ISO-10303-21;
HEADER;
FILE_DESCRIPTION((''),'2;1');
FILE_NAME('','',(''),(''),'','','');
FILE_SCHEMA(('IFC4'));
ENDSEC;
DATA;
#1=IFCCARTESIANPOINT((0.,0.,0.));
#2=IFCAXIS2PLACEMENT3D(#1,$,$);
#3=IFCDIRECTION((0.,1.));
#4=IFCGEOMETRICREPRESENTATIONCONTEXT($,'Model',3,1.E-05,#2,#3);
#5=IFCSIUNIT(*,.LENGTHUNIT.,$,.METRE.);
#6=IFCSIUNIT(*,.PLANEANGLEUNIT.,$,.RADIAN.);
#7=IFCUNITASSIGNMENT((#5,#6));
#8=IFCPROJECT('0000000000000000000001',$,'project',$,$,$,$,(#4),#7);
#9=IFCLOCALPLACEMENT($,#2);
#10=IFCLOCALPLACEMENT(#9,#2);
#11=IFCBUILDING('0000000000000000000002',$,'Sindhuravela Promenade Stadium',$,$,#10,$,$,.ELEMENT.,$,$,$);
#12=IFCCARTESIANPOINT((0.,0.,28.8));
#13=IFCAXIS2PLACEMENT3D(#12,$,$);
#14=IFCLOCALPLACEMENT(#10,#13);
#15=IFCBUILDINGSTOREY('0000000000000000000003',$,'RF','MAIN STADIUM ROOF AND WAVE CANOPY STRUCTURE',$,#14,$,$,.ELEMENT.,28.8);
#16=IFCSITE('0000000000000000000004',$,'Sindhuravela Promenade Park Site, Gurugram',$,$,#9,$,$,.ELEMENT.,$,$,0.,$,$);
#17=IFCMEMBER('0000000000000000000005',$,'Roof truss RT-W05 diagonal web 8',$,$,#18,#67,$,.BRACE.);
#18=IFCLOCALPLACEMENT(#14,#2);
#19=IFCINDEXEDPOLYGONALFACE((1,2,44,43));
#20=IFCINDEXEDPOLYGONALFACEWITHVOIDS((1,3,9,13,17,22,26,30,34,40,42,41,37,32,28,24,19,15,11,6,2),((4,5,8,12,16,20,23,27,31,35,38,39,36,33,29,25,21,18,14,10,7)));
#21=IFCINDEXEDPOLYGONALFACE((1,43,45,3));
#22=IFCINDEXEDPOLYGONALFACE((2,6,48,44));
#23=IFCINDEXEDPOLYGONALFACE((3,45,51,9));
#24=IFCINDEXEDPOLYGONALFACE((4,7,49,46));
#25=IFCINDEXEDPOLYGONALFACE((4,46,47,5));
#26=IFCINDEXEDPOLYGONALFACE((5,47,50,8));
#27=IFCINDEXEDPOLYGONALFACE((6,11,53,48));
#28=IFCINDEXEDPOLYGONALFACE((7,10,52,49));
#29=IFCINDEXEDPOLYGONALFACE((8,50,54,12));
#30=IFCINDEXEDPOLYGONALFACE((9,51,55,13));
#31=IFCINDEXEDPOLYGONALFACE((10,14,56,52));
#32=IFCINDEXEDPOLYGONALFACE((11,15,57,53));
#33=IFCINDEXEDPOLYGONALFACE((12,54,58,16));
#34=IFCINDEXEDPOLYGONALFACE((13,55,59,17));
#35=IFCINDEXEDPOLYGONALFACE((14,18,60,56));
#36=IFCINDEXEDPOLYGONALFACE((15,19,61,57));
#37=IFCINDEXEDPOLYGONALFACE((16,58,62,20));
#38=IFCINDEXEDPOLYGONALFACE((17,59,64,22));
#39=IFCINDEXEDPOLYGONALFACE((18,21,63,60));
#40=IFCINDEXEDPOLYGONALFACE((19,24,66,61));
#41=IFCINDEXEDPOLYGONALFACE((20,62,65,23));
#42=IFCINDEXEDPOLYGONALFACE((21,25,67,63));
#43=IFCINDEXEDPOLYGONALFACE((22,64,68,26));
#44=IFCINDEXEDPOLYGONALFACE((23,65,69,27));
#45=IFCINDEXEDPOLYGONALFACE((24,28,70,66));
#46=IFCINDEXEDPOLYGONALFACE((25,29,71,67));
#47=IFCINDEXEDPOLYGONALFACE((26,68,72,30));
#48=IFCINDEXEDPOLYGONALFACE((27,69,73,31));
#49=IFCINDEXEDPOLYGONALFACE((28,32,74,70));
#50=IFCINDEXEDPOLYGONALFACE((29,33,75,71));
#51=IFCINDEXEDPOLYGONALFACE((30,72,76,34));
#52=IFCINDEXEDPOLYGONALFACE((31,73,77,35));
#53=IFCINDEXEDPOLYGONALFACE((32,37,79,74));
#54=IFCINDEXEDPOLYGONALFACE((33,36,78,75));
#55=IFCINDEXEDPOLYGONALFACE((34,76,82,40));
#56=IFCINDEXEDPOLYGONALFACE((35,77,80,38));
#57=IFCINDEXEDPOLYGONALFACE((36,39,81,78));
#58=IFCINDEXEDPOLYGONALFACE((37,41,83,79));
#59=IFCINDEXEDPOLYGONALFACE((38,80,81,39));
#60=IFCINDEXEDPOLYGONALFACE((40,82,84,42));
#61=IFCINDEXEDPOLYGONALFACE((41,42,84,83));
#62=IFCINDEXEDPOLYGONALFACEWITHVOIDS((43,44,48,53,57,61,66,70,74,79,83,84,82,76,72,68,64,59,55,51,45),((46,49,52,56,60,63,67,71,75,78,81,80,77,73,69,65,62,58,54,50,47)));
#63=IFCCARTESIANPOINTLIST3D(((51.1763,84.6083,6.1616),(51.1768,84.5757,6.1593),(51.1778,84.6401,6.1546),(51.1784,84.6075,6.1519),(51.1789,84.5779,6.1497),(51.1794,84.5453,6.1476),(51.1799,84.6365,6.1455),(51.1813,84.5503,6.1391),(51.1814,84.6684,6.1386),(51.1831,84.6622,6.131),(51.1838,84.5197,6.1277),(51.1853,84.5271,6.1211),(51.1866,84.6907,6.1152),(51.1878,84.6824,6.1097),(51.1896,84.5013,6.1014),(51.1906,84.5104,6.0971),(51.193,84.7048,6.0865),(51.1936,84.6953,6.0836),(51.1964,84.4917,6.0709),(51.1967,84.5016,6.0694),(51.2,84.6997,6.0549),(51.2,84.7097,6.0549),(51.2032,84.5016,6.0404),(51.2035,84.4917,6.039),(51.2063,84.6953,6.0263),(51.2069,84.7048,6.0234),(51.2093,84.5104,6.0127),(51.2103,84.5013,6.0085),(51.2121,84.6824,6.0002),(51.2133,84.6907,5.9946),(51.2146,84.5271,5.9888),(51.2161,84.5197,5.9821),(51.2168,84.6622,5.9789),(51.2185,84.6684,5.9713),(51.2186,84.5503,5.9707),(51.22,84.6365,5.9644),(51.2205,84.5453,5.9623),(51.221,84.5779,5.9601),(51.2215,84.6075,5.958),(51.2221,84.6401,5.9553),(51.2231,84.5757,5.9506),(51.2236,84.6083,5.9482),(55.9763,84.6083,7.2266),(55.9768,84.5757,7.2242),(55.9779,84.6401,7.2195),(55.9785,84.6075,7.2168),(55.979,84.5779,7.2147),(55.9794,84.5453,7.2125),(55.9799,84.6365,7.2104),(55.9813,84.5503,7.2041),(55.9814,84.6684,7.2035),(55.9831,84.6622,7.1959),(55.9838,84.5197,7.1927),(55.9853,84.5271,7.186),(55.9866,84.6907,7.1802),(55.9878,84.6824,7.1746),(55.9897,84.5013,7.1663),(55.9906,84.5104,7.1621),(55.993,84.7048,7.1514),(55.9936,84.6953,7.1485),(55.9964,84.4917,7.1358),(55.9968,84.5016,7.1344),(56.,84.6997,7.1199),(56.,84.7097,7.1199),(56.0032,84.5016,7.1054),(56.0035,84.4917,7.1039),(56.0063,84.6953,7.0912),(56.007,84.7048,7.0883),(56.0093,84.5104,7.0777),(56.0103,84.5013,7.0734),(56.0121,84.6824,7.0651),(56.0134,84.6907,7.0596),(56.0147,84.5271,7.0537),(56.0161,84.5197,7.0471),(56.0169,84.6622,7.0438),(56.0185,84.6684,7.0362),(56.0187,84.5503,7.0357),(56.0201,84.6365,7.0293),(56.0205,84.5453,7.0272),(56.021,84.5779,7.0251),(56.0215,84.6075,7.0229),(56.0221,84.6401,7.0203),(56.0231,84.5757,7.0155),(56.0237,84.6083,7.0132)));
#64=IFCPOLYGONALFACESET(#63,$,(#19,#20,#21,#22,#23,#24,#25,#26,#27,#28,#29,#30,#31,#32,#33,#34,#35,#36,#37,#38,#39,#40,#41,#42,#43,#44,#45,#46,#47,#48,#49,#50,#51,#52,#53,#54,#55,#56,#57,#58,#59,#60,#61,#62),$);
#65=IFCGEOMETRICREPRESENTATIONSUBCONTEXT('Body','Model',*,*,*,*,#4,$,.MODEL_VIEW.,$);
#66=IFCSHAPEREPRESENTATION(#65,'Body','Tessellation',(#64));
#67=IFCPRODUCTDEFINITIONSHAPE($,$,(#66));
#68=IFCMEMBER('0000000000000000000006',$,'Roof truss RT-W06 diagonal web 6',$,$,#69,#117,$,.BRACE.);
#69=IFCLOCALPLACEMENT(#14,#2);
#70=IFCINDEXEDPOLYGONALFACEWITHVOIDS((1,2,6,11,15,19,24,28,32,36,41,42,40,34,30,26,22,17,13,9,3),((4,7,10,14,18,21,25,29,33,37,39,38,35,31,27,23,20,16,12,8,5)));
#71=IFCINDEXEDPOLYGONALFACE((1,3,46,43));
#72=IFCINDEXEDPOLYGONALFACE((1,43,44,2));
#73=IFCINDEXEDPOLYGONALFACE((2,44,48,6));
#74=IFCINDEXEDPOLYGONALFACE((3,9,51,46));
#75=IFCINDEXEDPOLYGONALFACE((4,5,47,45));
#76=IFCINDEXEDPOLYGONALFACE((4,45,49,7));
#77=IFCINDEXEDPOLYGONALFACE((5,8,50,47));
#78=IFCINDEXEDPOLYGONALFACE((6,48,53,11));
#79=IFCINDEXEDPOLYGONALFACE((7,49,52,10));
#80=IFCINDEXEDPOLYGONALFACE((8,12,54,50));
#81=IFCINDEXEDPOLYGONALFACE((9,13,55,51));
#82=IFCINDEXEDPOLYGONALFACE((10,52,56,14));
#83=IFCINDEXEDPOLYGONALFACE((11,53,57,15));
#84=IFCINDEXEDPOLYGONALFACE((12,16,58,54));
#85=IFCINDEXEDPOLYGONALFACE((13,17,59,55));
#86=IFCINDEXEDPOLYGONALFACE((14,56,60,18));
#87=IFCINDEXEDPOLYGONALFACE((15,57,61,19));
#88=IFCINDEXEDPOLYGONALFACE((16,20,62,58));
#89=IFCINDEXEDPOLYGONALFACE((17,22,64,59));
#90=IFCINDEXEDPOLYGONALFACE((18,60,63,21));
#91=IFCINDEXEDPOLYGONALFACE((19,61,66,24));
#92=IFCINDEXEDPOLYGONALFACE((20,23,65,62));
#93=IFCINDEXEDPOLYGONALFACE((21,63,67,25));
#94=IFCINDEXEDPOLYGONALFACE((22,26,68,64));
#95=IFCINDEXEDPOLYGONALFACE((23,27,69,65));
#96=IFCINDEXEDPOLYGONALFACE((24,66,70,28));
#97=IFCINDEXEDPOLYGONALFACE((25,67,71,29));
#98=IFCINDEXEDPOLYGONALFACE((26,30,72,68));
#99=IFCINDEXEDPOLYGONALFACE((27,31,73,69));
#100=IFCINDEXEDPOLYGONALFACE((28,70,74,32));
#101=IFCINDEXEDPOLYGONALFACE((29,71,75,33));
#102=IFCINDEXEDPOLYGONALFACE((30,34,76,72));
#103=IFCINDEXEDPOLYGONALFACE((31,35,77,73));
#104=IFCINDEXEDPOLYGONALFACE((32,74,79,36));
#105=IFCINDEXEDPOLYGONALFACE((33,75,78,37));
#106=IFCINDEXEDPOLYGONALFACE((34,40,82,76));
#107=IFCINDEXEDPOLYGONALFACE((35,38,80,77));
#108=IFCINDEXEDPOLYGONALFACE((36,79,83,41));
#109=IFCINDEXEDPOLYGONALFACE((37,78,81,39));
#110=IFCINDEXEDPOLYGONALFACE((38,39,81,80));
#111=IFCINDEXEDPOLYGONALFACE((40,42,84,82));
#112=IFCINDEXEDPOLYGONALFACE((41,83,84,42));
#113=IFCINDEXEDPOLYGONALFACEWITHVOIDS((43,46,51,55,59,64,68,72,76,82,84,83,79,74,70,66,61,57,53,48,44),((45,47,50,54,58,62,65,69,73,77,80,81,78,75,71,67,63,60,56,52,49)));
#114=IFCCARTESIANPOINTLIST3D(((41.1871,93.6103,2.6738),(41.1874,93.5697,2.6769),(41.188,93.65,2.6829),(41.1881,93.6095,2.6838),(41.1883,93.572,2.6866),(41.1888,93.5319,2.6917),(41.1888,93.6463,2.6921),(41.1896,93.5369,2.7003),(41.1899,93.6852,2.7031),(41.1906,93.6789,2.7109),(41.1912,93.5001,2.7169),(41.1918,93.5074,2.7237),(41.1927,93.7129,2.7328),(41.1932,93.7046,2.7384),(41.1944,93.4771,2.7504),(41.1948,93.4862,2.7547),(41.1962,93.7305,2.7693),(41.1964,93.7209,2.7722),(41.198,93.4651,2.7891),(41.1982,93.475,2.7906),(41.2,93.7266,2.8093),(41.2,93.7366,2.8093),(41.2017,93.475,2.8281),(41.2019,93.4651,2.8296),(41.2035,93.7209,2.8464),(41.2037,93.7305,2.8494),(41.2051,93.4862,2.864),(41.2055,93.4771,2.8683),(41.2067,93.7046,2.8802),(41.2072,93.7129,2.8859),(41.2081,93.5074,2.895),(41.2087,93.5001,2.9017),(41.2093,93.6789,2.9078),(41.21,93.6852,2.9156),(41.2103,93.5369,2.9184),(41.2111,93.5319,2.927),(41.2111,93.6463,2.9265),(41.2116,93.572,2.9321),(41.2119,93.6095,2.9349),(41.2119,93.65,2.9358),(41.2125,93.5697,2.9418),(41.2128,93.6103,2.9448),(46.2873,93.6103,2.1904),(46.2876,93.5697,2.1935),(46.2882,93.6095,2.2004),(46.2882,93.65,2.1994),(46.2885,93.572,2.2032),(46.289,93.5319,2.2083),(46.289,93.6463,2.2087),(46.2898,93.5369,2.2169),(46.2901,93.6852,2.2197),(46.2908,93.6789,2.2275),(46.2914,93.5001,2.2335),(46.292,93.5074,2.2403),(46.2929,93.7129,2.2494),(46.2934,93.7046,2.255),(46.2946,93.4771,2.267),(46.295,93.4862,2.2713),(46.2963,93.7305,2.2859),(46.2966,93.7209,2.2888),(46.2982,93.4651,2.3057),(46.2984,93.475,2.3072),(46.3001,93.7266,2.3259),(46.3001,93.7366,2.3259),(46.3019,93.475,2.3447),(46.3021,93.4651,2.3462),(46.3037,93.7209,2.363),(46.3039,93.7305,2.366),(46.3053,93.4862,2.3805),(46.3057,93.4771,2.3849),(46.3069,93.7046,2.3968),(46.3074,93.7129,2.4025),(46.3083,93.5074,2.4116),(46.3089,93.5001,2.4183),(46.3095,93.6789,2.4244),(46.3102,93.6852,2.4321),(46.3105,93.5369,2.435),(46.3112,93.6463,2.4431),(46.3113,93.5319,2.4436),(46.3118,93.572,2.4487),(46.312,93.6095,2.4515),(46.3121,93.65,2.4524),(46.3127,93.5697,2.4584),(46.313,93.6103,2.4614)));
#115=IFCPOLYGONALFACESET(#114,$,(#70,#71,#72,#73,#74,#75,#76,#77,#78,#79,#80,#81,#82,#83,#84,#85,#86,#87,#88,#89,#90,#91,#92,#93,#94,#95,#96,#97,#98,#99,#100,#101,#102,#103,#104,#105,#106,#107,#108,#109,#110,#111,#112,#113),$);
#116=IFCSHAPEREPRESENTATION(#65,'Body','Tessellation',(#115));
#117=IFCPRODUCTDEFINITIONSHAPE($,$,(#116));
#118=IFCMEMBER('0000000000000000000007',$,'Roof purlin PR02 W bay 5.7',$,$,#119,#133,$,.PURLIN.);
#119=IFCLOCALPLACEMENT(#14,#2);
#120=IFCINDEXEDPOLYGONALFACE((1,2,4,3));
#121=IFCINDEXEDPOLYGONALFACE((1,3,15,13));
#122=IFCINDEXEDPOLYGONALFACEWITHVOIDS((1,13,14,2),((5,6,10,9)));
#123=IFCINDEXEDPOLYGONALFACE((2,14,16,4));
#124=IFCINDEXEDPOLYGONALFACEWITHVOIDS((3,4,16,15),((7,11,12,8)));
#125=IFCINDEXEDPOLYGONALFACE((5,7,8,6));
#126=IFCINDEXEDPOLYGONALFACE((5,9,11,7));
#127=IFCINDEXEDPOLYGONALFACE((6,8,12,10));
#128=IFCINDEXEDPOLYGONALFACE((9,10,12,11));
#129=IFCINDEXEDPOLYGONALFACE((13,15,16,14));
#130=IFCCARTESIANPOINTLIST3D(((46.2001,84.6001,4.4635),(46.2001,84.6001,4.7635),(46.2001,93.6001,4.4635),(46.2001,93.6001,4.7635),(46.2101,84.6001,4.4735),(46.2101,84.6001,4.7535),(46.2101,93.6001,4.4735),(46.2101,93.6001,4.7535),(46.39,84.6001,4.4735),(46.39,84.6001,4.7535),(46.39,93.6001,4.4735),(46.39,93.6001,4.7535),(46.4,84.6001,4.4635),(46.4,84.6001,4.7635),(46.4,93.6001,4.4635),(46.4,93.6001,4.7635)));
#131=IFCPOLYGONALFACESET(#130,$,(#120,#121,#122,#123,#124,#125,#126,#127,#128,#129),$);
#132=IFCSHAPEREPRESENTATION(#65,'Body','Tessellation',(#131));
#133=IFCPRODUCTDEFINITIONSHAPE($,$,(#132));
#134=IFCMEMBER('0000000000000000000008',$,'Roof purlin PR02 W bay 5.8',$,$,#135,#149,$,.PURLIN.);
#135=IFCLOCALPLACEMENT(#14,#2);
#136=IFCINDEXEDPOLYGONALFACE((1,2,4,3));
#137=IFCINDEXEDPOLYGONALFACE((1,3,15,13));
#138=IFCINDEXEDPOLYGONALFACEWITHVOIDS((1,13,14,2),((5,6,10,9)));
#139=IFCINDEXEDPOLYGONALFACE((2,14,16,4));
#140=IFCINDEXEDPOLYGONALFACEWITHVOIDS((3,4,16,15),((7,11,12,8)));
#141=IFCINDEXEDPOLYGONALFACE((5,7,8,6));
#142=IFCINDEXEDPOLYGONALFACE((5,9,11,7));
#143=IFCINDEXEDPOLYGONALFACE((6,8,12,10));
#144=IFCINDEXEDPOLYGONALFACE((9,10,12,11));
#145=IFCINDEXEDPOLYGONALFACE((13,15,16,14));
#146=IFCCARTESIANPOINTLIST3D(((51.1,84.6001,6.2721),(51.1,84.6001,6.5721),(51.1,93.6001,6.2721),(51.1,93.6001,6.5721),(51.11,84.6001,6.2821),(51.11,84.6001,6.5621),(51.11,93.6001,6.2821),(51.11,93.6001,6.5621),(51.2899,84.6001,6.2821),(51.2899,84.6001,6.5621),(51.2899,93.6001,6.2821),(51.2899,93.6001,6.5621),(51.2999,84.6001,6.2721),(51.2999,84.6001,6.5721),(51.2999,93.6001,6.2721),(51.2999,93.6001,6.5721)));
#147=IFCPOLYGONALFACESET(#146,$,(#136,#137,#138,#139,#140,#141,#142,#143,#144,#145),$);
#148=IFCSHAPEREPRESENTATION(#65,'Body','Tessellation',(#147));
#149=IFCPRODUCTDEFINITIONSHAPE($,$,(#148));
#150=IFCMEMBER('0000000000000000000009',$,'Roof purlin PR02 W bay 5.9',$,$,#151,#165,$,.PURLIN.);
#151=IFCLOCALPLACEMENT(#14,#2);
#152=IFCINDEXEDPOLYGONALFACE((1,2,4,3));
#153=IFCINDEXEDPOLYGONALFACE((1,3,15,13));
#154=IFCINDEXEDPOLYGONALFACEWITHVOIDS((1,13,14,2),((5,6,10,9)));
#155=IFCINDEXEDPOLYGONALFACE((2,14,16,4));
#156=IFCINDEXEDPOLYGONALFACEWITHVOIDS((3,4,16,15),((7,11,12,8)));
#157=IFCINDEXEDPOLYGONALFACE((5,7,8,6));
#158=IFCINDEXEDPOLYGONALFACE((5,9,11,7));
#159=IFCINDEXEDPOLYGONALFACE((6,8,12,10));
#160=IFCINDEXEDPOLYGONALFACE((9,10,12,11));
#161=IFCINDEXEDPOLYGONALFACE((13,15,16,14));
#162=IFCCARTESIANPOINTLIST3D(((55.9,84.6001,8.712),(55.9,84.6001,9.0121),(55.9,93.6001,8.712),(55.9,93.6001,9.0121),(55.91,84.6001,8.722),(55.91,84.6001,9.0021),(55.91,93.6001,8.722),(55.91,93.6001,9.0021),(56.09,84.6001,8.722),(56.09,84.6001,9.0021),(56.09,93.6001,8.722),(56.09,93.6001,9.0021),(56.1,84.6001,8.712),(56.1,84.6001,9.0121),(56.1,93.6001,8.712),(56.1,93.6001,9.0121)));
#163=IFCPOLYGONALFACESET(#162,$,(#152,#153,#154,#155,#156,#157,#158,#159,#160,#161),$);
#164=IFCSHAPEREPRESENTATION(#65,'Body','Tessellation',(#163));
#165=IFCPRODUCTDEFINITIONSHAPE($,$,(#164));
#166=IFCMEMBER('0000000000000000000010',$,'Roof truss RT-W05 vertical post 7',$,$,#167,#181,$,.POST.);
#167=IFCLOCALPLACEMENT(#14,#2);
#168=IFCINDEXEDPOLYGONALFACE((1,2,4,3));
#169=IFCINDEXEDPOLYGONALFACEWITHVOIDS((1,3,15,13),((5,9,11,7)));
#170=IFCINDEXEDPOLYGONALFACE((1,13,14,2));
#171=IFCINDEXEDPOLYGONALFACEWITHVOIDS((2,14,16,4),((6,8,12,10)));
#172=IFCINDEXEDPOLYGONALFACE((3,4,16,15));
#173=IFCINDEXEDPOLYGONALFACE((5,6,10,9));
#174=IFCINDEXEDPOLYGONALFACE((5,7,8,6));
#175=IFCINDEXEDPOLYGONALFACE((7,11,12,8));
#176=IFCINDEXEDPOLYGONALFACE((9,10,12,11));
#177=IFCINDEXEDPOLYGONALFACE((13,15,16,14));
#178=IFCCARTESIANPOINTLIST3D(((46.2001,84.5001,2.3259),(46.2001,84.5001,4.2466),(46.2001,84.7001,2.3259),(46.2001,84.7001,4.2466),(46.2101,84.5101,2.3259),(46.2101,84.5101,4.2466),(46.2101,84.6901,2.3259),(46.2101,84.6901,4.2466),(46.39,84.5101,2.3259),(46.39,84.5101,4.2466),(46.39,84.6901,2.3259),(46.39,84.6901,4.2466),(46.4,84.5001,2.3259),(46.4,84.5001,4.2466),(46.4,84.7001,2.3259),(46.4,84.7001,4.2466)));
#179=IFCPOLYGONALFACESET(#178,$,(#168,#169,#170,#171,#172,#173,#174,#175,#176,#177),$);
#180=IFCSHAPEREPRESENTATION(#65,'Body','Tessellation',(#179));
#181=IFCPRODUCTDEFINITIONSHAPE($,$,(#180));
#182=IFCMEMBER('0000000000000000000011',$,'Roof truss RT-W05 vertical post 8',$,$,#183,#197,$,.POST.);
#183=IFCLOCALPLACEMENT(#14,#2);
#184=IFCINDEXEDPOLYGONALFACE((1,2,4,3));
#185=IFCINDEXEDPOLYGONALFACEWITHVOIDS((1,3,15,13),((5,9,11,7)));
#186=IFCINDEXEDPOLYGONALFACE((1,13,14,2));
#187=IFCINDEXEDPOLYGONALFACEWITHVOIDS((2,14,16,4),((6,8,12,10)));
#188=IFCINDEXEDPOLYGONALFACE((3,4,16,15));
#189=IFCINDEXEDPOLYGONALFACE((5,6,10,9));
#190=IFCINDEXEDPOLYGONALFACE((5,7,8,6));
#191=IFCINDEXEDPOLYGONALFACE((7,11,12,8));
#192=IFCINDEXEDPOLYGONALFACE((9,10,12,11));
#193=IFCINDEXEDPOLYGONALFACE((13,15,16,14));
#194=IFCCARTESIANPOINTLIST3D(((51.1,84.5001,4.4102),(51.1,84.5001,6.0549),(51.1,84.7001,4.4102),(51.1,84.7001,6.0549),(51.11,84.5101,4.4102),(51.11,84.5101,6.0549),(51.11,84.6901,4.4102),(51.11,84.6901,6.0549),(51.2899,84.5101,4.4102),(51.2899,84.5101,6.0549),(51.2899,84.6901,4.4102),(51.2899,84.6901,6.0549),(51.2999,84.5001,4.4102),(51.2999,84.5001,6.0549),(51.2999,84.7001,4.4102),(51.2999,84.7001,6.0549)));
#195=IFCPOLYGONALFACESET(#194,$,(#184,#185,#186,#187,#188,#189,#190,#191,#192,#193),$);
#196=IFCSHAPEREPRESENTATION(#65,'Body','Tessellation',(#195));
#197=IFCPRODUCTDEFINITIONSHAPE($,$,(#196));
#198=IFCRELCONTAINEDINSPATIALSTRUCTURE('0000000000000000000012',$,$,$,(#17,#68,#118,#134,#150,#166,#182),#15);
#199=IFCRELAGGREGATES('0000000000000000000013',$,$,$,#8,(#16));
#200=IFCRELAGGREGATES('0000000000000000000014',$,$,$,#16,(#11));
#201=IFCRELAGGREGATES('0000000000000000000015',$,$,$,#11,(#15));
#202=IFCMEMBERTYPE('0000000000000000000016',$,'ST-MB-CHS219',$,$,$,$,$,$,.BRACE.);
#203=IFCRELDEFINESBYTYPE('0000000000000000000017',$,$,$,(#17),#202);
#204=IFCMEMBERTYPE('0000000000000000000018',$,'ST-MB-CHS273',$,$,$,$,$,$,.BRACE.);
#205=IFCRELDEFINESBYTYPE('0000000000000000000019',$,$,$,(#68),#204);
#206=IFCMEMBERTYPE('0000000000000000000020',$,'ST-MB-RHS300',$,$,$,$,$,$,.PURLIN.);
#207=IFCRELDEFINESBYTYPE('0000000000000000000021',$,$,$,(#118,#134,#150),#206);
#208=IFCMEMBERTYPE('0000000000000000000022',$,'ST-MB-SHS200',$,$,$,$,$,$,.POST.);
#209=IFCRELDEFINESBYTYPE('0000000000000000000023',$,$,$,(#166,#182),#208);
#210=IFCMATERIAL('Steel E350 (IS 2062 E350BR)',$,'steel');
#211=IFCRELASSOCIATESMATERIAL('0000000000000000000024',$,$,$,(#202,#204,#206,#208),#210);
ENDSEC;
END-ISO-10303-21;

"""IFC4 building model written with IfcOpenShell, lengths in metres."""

from ifc_helpers import new_model, si_unit, direction, frame, origin, origin_2d, place, context, subcontext, project, spatial, hollow_rectangle, hollow_circle, extrude, material, material_profile, profile_set, type_object, element, save


model = new_model("IFC4")

# Units and contexts
model_context = context("Model", 3, precision=1e-05, world=origin(), true_north=direction((0.0, 1.0)))
body_context = subcontext(model_context, "Body", "Model", "MODEL_VIEW")
ifc_project = project(units=[si_unit("LENGTHUNIT", "METRE"), si_unit("PLANEANGLEUNIT", "RADIAN")], contexts=[model_context])

# Site, building, storey
site_placement = place(None, origin())
site = spatial("IfcSite", under=ifc_project, at=site_placement, Name="Sindhuravela Promenade Park Site, Gurugram", CompositionType="ELEMENT", RefElevation=0.0)
building_placement = place(site_placement, origin())
building = spatial("IfcBuilding", under=site, at=building_placement, Name="Sindhuravela Promenade Stadium", CompositionType="ELEMENT")
storey_placement = place(building_placement, frame((0.0, 0.0, 28.8)))
storey = spatial("IfcBuildingStorey", under=building, at=storey_placement, Name="RF", Description="MAIN STADIUM ROOF AND WAVE CANOPY STRUCTURE", CompositionType="ELEMENT", Elevation=28.8)

# Shared definitions
ifc_material_1 = material(Name="Steel E350 (IS 2062 E350BR)", Category="steel")

# Members
ifc_material_profile_1 = material_profile(ifc_material_1, hollow_circle(Radius=0.1096, WallThickness=0.01, at=origin_2d()), Name="CHS 219.1x10")
ifc_profile_set_1 = profile_set([ifc_material_profile_1], Name="Steel E350 (IS 2062 E350BR)")
member_type_1 = type_object("IfcMemberType", Name="ST-MB-CHS219", PredefinedType="BRACE", material=ifc_profile_set_1)
member_1_placement = place(storey_placement, frame((51.2, 84.6001, 6.0549), z_axis=(0.976262, 0.0, 0.216594), x_axis=(0.0, 1.0, 0.0)))
element("IfcMember", 1, at=member_1_placement, inside=storey, type_object=member_type_1, Name="Roof truss RT-W05 diagonal web 8", PredefinedType="BRACE", context=body_context, shape_type="SweptSolid", body=[
    extrude(hollow_circle(Radius=0.1096, WallThickness=0.01, at=origin_2d()), origin(), (0.0, 0.0, 1.0), 4.9167),
])
ifc_material_profile_2 = material_profile(ifc_material_1, hollow_circle(Radius=0.1365, WallThickness=0.01, at=origin_2d()), Name="CHS 273.0x10")
ifc_profile_set_2 = profile_set([ifc_material_profile_2], Name="Steel E350 (IS 2062 E350BR)")
member_type_2 = type_object("IfcMemberType", Name="ST-MB-CHS273", PredefinedType="BRACE", material=ifc_profile_set_2)
member_2_placement = place(storey_placement, frame((41.2, 93.6001, 2.8093), z_axis=(0.995538, 0.0, -0.094359), x_axis=(0.0, 1.0, 0.0)))
element("IfcMember", 2, at=member_2_placement, inside=storey, type_object=member_type_2, Name="Roof truss RT-W06 diagonal web 6", PredefinedType="BRACE", context=body_context, shape_type="SweptSolid", body=[
    extrude(hollow_circle(Radius=0.1365, WallThickness=0.01, at=origin_2d()), origin(), (0.0, 0.0, 1.0), 5.123),
])
ifc_material_profile_3 = material_profile(ifc_material_1, hollow_rectangle(XDim=0.2, YDim=0.3, WallThickness=0.01, at=origin_2d()), Name="RHS 300x200x10")
ifc_profile_set_3 = profile_set([ifc_material_profile_3], Name="Steel E350 (IS 2062 E350BR)")
member_type_3 = type_object("IfcMemberType", Name="ST-MB-RHS300", PredefinedType="PURLIN", material=ifc_profile_set_3)
for number, where, z_axis, x_axis, name in (
    (3, (46.3, 84.6001, 4.6135), (0.0, 1.0, 0.0), (-1.0, 0.0, 0.0), "Roof purlin PR02 W bay 5.7"),
    (4, (51.2, 84.6001, 6.4221), (0.0, 1.0, 0.0), (-1.0, 0.0, 0.0), "Roof purlin PR02 W bay 5.8"),
    (5, (56.0, 84.6001, 8.8621), (0.0, 1.0, 0.0), (-1.0, 0.0, 0.0), "Roof purlin PR02 W bay 5.9"),
):
    element("IfcMember", number, at=place(storey_placement, frame(where, z_axis=z_axis, x_axis=x_axis)), inside=storey, type_object=member_type_3, Name=name, PredefinedType="PURLIN", context=body_context, shape_type="SweptSolid", body=[
        extrude(hollow_rectangle(XDim=0.2, YDim=0.3, WallThickness=0.01, at=origin_2d()), origin(), (0.0, 0.0, 1.0), 9.0),
    ])
ifc_material_profile_4 = material_profile(ifc_material_1, hollow_rectangle(XDim=0.2, YDim=0.2, WallThickness=0.01, at=origin_2d()), Name="SHS 200x200x10")
ifc_profile_set_4 = profile_set([ifc_material_profile_4], Name="Steel E350 (IS 2062 E350BR)")
member_type_4 = type_object("IfcMemberType", Name="ST-MB-SHS200", PredefinedType="POST", material=ifc_profile_set_4)
member_3_placement = place(storey_placement, frame((46.3, 84.6001, 2.3259), z_axis=(0.0, 0.0, 1.0), x_axis=(1.0, 0.0, 0.0)))
element("IfcMember", 6, at=member_3_placement, inside=storey, type_object=member_type_4, Name="Roof truss RT-W05 vertical post 7", PredefinedType="POST", context=body_context, shape_type="SweptSolid", body=[
    extrude(hollow_rectangle(XDim=0.2, YDim=0.2, WallThickness=0.01, at=origin_2d()), origin(), (0.0, 0.0, 1.0), 1.9207),
])
member_4_placement = place(storey_placement, frame((51.2, 84.6001, 4.4102), z_axis=(0.0, 0.0, 1.0), x_axis=(1.0, 0.0, 0.0)))
element("IfcMember", 7, at=member_4_placement, inside=storey, type_object=member_type_4, Name="Roof truss RT-W05 vertical post 8", PredefinedType="POST", context=body_context, shape_type="SweptSolid", body=[
    extrude(hollow_rectangle(XDim=0.2, YDim=0.2, WallThickness=0.01, at=origin_2d()), origin(), (0.0, 0.0, 1.0), 1.6448),
])

save(model, "model.ifc")
